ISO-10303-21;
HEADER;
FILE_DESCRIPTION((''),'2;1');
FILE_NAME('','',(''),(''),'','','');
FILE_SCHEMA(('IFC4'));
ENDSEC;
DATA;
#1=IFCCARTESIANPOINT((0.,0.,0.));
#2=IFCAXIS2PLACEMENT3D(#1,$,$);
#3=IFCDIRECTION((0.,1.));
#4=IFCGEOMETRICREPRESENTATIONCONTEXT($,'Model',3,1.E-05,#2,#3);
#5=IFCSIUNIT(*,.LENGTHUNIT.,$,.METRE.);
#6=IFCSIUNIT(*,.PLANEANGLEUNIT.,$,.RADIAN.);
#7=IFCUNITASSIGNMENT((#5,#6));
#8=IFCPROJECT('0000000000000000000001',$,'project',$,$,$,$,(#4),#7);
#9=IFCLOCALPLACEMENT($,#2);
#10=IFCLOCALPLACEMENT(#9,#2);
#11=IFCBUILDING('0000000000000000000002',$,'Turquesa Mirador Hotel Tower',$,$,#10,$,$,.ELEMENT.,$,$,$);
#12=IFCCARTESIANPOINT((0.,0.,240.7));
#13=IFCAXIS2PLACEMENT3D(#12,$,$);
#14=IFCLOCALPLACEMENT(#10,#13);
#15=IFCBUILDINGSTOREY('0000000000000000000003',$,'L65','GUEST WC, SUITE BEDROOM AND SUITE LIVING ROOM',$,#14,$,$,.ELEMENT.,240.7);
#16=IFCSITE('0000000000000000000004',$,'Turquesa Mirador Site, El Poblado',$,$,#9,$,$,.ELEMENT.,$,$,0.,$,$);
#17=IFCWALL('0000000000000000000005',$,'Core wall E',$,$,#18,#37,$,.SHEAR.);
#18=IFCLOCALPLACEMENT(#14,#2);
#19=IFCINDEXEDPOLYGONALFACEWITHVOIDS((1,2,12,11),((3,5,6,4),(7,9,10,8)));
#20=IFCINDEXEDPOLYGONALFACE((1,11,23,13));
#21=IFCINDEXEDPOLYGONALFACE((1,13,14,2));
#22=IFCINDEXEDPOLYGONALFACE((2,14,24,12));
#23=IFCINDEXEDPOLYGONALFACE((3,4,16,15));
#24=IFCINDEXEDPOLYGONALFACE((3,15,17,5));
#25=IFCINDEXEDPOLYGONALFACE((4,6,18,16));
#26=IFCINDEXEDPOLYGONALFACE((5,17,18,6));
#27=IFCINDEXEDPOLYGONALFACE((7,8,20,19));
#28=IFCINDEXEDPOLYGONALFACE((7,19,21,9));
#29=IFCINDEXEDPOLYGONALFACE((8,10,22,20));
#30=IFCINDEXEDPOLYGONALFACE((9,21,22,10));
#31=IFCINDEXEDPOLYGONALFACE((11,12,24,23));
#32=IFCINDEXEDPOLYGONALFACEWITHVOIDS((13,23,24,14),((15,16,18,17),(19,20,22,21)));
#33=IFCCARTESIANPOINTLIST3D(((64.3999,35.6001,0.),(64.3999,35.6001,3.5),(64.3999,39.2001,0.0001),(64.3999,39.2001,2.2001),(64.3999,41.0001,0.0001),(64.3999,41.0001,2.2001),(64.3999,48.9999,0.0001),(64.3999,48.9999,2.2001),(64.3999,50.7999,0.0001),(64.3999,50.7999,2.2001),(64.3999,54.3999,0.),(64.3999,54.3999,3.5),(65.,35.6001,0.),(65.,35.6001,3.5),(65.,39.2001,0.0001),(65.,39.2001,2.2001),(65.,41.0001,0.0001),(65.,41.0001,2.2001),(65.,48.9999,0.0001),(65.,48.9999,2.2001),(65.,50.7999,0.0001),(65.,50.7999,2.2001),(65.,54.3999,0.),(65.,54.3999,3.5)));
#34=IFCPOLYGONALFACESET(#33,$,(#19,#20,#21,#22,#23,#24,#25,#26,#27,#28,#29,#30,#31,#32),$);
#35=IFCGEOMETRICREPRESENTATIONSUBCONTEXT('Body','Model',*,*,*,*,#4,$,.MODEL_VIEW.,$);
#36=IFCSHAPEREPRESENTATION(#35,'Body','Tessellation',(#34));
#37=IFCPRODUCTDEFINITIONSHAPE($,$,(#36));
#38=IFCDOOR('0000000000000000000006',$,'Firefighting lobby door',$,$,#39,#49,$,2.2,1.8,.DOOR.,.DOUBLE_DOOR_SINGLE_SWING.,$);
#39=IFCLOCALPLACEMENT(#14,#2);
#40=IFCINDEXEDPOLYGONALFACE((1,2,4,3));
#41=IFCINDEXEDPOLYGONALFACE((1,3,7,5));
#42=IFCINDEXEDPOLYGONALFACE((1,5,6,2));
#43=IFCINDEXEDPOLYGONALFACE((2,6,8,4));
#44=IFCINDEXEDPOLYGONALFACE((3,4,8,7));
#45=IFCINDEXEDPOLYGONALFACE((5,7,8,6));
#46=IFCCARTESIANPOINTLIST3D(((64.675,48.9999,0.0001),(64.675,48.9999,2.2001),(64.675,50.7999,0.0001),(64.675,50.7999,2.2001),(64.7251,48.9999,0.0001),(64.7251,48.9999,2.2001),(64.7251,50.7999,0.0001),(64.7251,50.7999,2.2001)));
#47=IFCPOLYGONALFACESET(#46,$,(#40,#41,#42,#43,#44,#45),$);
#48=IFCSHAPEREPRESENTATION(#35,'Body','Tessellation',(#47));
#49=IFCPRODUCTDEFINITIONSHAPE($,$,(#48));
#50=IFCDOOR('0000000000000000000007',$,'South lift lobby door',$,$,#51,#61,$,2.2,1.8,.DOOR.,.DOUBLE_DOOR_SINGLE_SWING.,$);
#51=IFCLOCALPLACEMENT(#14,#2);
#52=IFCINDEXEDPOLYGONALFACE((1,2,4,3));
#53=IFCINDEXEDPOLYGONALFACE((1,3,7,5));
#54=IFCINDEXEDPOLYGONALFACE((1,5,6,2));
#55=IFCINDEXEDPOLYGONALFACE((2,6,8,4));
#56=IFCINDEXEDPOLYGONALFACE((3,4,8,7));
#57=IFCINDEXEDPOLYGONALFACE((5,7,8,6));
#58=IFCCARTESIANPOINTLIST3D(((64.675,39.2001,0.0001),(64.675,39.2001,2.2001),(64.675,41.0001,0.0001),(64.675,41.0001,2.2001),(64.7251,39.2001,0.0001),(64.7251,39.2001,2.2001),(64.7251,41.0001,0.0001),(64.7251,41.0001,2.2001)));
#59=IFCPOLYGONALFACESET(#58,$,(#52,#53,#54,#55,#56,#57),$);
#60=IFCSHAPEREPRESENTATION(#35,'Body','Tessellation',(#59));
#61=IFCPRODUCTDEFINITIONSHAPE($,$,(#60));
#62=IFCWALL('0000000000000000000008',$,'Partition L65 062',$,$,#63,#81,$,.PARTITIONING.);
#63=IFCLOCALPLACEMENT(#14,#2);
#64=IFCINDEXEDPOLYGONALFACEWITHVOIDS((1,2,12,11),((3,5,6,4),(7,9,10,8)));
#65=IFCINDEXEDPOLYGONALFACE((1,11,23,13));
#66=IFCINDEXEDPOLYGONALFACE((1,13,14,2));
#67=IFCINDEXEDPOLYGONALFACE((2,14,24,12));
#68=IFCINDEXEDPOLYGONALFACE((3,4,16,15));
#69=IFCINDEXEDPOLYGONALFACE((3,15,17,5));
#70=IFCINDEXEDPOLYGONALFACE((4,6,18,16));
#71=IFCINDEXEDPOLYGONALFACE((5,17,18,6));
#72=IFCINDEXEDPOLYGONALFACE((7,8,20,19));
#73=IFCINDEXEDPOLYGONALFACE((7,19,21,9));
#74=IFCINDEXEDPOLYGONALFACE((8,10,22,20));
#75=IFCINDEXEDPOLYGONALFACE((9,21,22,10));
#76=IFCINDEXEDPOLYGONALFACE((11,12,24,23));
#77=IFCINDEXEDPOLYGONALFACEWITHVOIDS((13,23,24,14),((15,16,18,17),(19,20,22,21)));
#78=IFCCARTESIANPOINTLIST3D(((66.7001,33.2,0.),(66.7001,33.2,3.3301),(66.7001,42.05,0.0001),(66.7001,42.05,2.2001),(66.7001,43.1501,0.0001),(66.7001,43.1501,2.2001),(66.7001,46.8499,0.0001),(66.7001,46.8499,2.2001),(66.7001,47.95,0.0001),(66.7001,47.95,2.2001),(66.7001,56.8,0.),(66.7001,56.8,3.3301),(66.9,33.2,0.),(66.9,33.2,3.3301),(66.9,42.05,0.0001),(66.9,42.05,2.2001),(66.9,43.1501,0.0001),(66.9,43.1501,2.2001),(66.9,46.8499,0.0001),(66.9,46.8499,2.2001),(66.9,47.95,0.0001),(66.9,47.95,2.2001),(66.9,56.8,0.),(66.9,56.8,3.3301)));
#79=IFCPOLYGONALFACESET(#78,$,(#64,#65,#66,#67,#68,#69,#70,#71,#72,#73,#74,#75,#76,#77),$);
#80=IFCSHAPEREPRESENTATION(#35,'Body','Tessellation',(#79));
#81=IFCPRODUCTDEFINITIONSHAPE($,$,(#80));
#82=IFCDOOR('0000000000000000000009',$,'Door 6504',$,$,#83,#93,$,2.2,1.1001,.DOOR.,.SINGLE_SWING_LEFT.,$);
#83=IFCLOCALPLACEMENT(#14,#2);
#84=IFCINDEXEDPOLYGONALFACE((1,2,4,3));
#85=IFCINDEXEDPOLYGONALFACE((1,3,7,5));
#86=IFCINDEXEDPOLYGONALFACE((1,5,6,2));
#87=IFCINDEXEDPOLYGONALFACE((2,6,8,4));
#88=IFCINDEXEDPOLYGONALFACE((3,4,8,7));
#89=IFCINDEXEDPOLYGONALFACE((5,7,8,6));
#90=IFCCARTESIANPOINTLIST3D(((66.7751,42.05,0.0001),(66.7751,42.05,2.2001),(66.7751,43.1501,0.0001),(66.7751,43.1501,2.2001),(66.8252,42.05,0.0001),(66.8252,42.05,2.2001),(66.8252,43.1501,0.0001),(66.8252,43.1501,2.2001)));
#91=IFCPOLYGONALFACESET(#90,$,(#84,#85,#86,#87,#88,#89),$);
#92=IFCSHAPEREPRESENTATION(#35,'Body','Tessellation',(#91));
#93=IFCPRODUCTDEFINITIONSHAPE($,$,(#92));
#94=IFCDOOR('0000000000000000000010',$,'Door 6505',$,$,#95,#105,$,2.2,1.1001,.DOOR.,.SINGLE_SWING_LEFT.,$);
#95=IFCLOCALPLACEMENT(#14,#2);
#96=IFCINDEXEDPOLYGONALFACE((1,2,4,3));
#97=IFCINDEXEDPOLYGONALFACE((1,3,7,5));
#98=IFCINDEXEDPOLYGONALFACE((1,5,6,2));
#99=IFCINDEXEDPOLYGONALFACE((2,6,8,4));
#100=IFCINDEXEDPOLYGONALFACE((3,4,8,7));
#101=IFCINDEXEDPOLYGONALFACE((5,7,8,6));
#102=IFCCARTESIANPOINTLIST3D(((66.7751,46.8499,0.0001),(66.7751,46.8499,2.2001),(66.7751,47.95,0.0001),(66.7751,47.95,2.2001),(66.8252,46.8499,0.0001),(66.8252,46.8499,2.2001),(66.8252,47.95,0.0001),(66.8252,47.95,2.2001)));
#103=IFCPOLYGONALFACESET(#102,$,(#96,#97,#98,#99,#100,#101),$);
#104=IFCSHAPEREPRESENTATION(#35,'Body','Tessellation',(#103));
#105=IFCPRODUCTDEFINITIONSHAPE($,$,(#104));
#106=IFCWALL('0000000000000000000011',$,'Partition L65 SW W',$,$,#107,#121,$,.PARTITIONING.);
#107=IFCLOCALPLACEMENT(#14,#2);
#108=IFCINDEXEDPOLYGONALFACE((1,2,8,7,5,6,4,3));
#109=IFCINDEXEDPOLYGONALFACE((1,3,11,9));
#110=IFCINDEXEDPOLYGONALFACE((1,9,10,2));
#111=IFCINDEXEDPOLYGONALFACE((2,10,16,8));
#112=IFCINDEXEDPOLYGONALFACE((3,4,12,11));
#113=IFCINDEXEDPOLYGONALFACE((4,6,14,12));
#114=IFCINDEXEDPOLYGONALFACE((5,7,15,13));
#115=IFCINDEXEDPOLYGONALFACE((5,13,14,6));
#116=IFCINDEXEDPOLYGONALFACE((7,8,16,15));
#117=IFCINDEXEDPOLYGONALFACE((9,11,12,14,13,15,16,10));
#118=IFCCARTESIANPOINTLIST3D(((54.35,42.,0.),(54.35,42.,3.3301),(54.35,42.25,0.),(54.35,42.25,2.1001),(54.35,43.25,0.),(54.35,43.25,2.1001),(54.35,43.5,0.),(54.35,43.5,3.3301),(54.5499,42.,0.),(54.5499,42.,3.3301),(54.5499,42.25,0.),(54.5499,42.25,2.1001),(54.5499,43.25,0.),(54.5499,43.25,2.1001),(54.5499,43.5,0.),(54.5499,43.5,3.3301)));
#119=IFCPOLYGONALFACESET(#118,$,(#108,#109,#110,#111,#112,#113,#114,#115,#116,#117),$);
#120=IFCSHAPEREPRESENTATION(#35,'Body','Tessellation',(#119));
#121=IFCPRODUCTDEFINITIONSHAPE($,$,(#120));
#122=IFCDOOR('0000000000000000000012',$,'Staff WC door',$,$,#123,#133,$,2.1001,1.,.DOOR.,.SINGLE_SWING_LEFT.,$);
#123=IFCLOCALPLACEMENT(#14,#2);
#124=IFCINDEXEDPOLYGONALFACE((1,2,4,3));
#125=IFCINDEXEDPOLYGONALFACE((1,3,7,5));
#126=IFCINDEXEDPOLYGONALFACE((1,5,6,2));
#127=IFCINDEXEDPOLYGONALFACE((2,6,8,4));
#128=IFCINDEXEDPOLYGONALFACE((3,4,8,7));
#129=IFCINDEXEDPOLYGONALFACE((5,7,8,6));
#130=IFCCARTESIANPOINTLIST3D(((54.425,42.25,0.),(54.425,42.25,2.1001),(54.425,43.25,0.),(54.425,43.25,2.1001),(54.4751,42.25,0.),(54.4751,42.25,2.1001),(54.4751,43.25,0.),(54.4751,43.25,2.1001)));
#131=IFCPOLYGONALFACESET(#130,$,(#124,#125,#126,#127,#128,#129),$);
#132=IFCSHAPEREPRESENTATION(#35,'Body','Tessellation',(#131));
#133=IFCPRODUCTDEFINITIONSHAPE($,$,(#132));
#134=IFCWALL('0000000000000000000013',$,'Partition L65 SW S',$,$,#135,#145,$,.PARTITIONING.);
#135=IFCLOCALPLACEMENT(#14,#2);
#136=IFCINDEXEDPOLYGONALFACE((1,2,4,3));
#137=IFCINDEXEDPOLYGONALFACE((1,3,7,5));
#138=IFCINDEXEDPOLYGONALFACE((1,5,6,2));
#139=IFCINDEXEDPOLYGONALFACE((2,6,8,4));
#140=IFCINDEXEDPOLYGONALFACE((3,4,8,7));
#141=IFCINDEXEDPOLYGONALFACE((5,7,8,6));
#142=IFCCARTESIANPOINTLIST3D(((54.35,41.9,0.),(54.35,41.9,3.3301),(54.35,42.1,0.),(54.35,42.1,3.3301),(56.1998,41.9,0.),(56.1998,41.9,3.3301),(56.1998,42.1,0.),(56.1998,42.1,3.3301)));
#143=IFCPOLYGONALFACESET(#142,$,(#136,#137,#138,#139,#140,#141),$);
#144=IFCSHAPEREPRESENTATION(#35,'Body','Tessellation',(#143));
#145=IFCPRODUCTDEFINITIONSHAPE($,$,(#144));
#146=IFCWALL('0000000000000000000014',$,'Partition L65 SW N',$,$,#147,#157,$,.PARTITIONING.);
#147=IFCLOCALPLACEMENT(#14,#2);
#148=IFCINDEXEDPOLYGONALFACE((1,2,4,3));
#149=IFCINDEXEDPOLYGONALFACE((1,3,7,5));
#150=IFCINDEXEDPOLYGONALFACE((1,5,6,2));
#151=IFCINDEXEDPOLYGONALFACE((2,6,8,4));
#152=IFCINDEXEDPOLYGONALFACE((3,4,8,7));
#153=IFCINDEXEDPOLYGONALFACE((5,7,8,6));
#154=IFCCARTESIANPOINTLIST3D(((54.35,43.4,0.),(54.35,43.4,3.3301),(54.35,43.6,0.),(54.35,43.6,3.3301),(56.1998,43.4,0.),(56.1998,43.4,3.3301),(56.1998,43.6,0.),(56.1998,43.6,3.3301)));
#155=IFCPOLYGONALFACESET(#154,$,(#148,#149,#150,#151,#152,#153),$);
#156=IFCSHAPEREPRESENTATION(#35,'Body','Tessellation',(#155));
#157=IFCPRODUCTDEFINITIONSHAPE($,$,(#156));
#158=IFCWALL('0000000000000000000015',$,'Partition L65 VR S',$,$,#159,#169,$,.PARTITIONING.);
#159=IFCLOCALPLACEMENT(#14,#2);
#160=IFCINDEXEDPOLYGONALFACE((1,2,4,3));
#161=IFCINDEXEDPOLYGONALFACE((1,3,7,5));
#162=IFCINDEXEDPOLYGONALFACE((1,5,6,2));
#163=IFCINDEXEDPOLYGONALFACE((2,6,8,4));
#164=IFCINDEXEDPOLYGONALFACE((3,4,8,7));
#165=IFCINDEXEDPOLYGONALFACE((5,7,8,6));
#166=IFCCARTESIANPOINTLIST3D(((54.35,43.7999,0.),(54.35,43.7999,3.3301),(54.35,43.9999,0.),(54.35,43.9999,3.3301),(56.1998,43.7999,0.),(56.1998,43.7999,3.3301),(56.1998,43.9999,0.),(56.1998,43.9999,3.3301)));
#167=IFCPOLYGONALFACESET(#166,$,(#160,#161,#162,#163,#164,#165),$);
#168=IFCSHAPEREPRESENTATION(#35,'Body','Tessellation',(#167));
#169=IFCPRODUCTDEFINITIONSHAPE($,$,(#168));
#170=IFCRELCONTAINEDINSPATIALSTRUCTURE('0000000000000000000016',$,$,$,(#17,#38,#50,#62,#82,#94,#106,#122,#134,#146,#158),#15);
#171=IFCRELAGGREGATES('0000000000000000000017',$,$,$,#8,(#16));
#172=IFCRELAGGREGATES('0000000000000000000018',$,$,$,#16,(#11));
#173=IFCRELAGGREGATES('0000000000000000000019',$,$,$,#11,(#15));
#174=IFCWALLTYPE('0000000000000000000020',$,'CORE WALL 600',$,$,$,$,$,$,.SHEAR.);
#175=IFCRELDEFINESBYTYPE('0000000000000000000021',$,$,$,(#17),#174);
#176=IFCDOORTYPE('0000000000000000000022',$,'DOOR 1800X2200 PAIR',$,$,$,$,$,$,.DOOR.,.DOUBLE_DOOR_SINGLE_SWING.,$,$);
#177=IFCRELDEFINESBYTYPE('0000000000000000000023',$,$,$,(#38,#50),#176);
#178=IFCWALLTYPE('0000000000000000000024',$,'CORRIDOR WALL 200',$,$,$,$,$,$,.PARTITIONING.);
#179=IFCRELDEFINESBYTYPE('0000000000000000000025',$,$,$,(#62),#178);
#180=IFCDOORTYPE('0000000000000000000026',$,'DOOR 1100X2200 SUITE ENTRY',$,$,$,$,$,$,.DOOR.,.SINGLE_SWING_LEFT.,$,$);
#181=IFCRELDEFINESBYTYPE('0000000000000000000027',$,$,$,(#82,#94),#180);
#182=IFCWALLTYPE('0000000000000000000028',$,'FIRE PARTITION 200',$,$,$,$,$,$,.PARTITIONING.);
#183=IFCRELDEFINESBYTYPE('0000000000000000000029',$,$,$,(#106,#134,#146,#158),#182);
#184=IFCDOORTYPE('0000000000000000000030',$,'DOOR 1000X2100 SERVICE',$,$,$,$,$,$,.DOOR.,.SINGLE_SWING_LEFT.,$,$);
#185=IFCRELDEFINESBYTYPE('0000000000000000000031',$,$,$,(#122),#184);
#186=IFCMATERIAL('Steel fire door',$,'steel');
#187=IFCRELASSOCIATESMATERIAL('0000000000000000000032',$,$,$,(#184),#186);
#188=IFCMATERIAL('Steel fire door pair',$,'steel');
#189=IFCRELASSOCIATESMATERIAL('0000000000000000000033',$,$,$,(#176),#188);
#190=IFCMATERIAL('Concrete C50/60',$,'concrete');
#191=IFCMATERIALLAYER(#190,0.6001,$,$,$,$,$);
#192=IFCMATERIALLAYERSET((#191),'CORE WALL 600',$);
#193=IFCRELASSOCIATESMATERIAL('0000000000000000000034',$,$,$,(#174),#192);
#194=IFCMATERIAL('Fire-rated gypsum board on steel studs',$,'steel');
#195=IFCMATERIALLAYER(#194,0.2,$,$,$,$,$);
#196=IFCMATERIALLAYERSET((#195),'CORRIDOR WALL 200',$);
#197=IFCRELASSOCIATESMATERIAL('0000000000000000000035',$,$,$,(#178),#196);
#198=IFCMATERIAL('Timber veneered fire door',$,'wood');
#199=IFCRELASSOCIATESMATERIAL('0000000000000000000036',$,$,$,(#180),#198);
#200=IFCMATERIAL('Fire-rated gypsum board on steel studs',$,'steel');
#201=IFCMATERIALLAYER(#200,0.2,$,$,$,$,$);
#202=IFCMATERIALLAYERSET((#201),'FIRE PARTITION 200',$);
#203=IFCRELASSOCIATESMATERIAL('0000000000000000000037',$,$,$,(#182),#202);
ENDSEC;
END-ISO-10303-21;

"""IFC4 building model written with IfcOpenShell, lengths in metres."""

from ifc_helpers import new_model, si_unit, direction, frame, frame_2d, origin, place, context, subcontext, project, spatial, rectangle, extrude, material, layer, layer_set, type_object, element, fill, save


model = new_model("IFC4")

# Units and contexts
model_context = context("Model", 3, precision=1e-05, world=origin(), true_north=direction((0.0, 1.0)))
body_context = subcontext(model_context, "Body", "Model", "MODEL_VIEW")
ifc_project = project(units=[si_unit("LENGTHUNIT", "METRE"), si_unit("PLANEANGLEUNIT", "RADIAN")], contexts=[model_context])

# Site, building, storey
site_placement = place(None, origin())
site = spatial("IfcSite", under=ifc_project, at=site_placement, Name="Turquesa Mirador Site, El Poblado", CompositionType="ELEMENT", RefElevation=0.0)
building_placement = place(site_placement, origin())
building = spatial("IfcBuilding", under=site, at=building_placement, Name="Turquesa Mirador Hotel Tower", CompositionType="ELEMENT")
storey_placement = place(building_placement, frame((0.0, 0.0, 240.7)))
storey = spatial("IfcBuildingStorey", under=building, at=storey_placement, Name="L65", Description="GUEST WC, SUITE BEDROOM AND SUITE LIVING ROOM", CompositionType="ELEMENT", Elevation=240.7)

# Shared definitions
ifc_material_1 = material(Name="Steel fire door", Category="steel")
door_type_1 = type_object("IfcDoorType", Name="DOOR 1000X2100 SERVICE", OperationType="SINGLE_SWING_LEFT", PredefinedType="DOOR", material=ifc_material_1)
ifc_material_2 = material(Name="Steel fire door pair", Category="steel")
door_type_2 = type_object("IfcDoorType", Name="DOOR 1800X2200 PAIR", OperationType="DOUBLE_DOOR_SINGLE_SWING", PredefinedType="DOOR", material=ifc_material_2)

# Walls, openings, doors
ifc_material_3 = material(Name="Concrete C50/60", Category="concrete")
ifc_layer_1 = layer(ifc_material_3, 0.6001)
ifc_layer_set_1 = layer_set([ifc_layer_1], Name="CORE WALL 600")
wall_type_1 = type_object("IfcWallType", Name="CORE WALL 600", PredefinedType="SHEAR", material=ifc_layer_set_1)
wall_1_placement = place(storey_placement, frame((64.7, 35.6001, 0.0), z_axis=(0.0, 0.0, 1.0), x_axis=(0.0, 1.0, 0.0)))
wall_1 = element("IfcWall", 1, at=wall_1_placement, inside=storey, type_object=wall_type_1, Name="Core wall E", PredefinedType="SHEAR", context=body_context, shape_type="SweptSolid", body=[
    extrude(rectangle(XDim=18.7998, YDim=0.6001, at=frame_2d((9.3999, 0.0))), origin(), (0.0, 0.0, 1.0), 3.5),
])
opening_1_placement = place(wall_1_placement, frame((13.3999, 0.0, 0.0)))
opening_1 = element("IfcOpeningElement", 2, at=opening_1_placement, cuts=wall_1, PredefinedType="OPENING", context=body_context, shape_type="SweptSolid", body=[
    extrude(rectangle(XDim=1.8, YDim=2.2, at=frame_2d((0.8999, 1.1001))), frame((0.0, 0.3101, 0.0), z_axis=(0.0, -1.0, 0.0), x_axis=(1.0, 0.0, 0.0)), (0.0, 0.0, 1.0), 0.6201),
])
opening_2_placement = place(wall_1_placement, frame((3.6001, 0.0, 0.0)))
opening_2 = element("IfcOpeningElement", 3, at=opening_2_placement, cuts=wall_1, PredefinedType="OPENING", context=body_context, shape_type="SweptSolid", body=[
    extrude(rectangle(XDim=1.8, YDim=2.2, at=frame_2d((0.8999, 1.1001))), frame((0.0, 0.3101, 0.0), z_axis=(0.0, -1.0, 0.0), x_axis=(1.0, 0.0, 0.0)), (0.0, 0.0, 1.0), 0.6201),
])
door_1_placement = place(opening_1_placement, origin())
door_1 = element("IfcDoor", 4, at=door_1_placement, inside=storey, type_object=door_type_2, Name="Firefighting lobby door", OperationType="DOUBLE_DOOR_SINGLE_SWING", OverallHeight=2.2, OverallWidth=1.8, PredefinedType="DOOR", context=body_context, shape_type="SweptSolid", body=[
    extrude(rectangle(XDim=1.8, YDim=2.2, at=frame_2d((0.8999, 1.1001))), frame((0.0, 0.0249, 0.0), z_axis=(0.0, -1.0, 0.0), x_axis=(1.0, 0.0, 0.0)), (0.0, 0.0, 1.0), 0.05),
])
fill(opening_1, door_1)
door_2_placement = place(opening_2_placement, origin())
door_2 = element("IfcDoor", 5, at=door_2_placement, inside=storey, type_object=door_type_2, Name="South lift lobby door", OperationType="DOUBLE_DOOR_SINGLE_SWING", OverallHeight=2.2, OverallWidth=1.8, PredefinedType="DOOR", context=body_context, shape_type="SweptSolid", body=[
    extrude(rectangle(XDim=1.8, YDim=2.2, at=frame_2d((0.8999, 1.1001))), frame((0.0, 0.0249, 0.0), z_axis=(0.0, -1.0, 0.0), x_axis=(1.0, 0.0, 0.0)), (0.0, 0.0, 1.0), 0.05),
])
fill(opening_2, door_2)
ifc_material_4 = material(Name="Fire-rated gypsum board on steel studs", Category="steel")
ifc_layer_2 = layer(ifc_material_4, 0.2)
ifc_layer_set_2 = layer_set([ifc_layer_2], Name="CORRIDOR WALL 200")
wall_type_2 = type_object("IfcWallType", Name="CORRIDOR WALL 200", PredefinedType="PARTITIONING", material=ifc_layer_set_2)
wall_2_placement = place(storey_placement, frame((66.8, 33.2, 0.0), z_axis=(0.0, 0.0, 1.0), x_axis=(0.0, 1.0, 0.0)))
wall_2 = element("IfcWall", 6, at=wall_2_placement, inside=storey, type_object=wall_type_2, Name="Partition L65 062", PredefinedType="PARTITIONING", context=body_context, shape_type="SweptSolid", body=[
    extrude(rectangle(XDim=23.6001, YDim=0.2, at=frame_2d((11.8, 0.0))), origin(), (0.0, 0.0, 1.0), 3.3301),
])
opening_3_placement = place(wall_2_placement, frame((8.8501, 0.0, 0.0)))
opening_3 = element("IfcOpeningElement", 7, at=opening_3_placement, cuts=wall_2, PredefinedType="OPENING", context=body_context, shape_type="SweptSolid", body=[
    extrude(rectangle(XDim=1.1001, YDim=2.2, at=frame_2d((0.55, 1.1001))), frame((0.0, 0.1099, 0.0), z_axis=(0.0, -1.0, 0.0), x_axis=(1.0, 0.0, 0.0)), (0.0, 0.0, 1.0), 0.22),
])
opening_4_placement = place(wall_2_placement, frame((13.6499, 0.0, 0.0)))
opening_4 = element("IfcOpeningElement", 8, at=opening_4_placement, cuts=wall_2, PredefinedType="OPENING", context=body_context, shape_type="SweptSolid", body=[
    extrude(rectangle(XDim=1.1001, YDim=2.2, at=frame_2d((0.55, 1.1001))), frame((0.0, 0.1099, 0.0), z_axis=(0.0, -1.0, 0.0), x_axis=(1.0, 0.0, 0.0)), (0.0, 0.0, 1.0), 0.22),
])
ifc_material_5 = material(Name="Timber veneered fire door", Category="wood")
door_type_3 = type_object("IfcDoorType", Name="DOOR 1100X2200 SUITE ENTRY", OperationType="SINGLE_SWING_LEFT", PredefinedType="DOOR", material=ifc_material_5)
door_3_placement = place(opening_3_placement, origin())
door_3 = element("IfcDoor", 9, at=door_3_placement, inside=storey, type_object=door_type_3, Name="Door 6504", OperationType="SINGLE_SWING_LEFT", OverallHeight=2.2, OverallWidth=1.1001, PredefinedType="DOOR", context=body_context, shape_type="SweptSolid", body=[
    extrude(rectangle(XDim=1.1001, YDim=2.2, at=frame_2d((0.55, 1.1001))), frame((0.0, 0.0249, 0.0), z_axis=(0.0, -1.0, 0.0), x_axis=(1.0, 0.0, 0.0)), (0.0, 0.0, 1.0), 0.05),
])
fill(opening_3, door_3)
door_4_placement = place(opening_4_placement, origin())
door_4 = element("IfcDoor", 10, at=door_4_placement, inside=storey, type_object=door_type_3, Name="Door 6505", OperationType="SINGLE_SWING_LEFT", OverallHeight=2.2, OverallWidth=1.1001, PredefinedType="DOOR", context=body_context, shape_type="SweptSolid", body=[
    extrude(rectangle(XDim=1.1001, YDim=2.2, at=frame_2d((0.55, 1.1001))), frame((0.0, 0.0249, 0.0), z_axis=(0.0, -1.0, 0.0), x_axis=(1.0, 0.0, 0.0)), (0.0, 0.0, 1.0), 0.05),
])
fill(opening_4, door_4)

# Wall, opening, door
ifc_material_6 = material(Name="Fire-rated gypsum board on steel studs", Category="steel")
ifc_layer_3 = layer(ifc_material_6, 0.2)
ifc_layer_set_3 = layer_set([ifc_layer_3], Name="FIRE PARTITION 200")
wall_type_3 = type_object("IfcWallType", Name="FIRE PARTITION 200", PredefinedType="PARTITIONING", material=ifc_layer_set_3)
wall_3_placement = place(storey_placement, frame((54.45, 42.0, 0.0), z_axis=(0.0, 0.0, 1.0), x_axis=(0.0, 1.0, 0.0)))
wall_3 = element("IfcWall", 11, at=wall_3_placement, inside=storey, type_object=wall_type_3, Name="Partition L65 SW W", PredefinedType="PARTITIONING", context=body_context, shape_type="SweptSolid", body=[
    extrude(rectangle(XDim=1.5, YDim=0.2, at=frame_2d((0.75, 0.0))), origin(), (0.0, 0.0, 1.0), 3.3301),
])
opening_5_placement = place(wall_3_placement, frame((0.25, 0.0, 0.0)))
opening_5 = element("IfcOpeningElement", 12, at=opening_5_placement, cuts=wall_3, PredefinedType="OPENING", context=body_context, shape_type="SweptSolid", body=[
    extrude(rectangle(XDim=1.0, YDim=2.1001, at=frame_2d((0.5, 1.05))), frame((0.0, 0.1099, 0.0), z_axis=(0.0, -1.0, 0.0), x_axis=(1.0, 0.0, 0.0)), (0.0, 0.0, 1.0), 0.22),
])
door_5_placement = place(opening_5_placement, origin())
door_5 = element("IfcDoor", 13, at=door_5_placement, inside=storey, type_object=door_type_1, Name="Staff WC door", OperationType="SINGLE_SWING_LEFT", OverallHeight=2.1001, OverallWidth=1.0, PredefinedType="DOOR", context=body_context, shape_type="SweptSolid", body=[
    extrude(rectangle(XDim=1.0, YDim=2.1001, at=frame_2d((0.5, 1.05))), frame((0.0, 0.0249, 0.0), z_axis=(0.0, -1.0, 0.0), x_axis=(1.0, 0.0, 0.0)), (0.0, 0.0, 1.0), 0.05),
])
fill(opening_5, door_5)

# Walls
for number, where, z_axis, x_axis, name in (
    (14, (54.3501, 42.0, 0.0), (0.0, 0.0, 1.0), (1.0, 0.0, 0.0), "Partition L65 SW S"),
    (15, (54.3501, 43.5, 0.0), (0.0, 0.0, 1.0), (1.0, 0.0, 0.0), "Partition L65 SW N"),
    (16, (54.3501, 43.8999, 0.0), (0.0, 0.0, 1.0), (1.0, 0.0, 0.0), "Partition L65 VR S"),
):
    element("IfcWall", number, at=place(storey_placement, frame(where, z_axis=z_axis, x_axis=x_axis)), inside=storey, type_object=wall_type_3, Name=name, PredefinedType="PARTITIONING", context=body_context, shape_type="SweptSolid", body=[
        extrude(rectangle(XDim=1.8499, YDim=0.2, at=frame_2d((0.9248, 0.0))), origin(), (0.0, 0.0, 1.0), 3.3301),
    ])

save(model, "model.ifc")
